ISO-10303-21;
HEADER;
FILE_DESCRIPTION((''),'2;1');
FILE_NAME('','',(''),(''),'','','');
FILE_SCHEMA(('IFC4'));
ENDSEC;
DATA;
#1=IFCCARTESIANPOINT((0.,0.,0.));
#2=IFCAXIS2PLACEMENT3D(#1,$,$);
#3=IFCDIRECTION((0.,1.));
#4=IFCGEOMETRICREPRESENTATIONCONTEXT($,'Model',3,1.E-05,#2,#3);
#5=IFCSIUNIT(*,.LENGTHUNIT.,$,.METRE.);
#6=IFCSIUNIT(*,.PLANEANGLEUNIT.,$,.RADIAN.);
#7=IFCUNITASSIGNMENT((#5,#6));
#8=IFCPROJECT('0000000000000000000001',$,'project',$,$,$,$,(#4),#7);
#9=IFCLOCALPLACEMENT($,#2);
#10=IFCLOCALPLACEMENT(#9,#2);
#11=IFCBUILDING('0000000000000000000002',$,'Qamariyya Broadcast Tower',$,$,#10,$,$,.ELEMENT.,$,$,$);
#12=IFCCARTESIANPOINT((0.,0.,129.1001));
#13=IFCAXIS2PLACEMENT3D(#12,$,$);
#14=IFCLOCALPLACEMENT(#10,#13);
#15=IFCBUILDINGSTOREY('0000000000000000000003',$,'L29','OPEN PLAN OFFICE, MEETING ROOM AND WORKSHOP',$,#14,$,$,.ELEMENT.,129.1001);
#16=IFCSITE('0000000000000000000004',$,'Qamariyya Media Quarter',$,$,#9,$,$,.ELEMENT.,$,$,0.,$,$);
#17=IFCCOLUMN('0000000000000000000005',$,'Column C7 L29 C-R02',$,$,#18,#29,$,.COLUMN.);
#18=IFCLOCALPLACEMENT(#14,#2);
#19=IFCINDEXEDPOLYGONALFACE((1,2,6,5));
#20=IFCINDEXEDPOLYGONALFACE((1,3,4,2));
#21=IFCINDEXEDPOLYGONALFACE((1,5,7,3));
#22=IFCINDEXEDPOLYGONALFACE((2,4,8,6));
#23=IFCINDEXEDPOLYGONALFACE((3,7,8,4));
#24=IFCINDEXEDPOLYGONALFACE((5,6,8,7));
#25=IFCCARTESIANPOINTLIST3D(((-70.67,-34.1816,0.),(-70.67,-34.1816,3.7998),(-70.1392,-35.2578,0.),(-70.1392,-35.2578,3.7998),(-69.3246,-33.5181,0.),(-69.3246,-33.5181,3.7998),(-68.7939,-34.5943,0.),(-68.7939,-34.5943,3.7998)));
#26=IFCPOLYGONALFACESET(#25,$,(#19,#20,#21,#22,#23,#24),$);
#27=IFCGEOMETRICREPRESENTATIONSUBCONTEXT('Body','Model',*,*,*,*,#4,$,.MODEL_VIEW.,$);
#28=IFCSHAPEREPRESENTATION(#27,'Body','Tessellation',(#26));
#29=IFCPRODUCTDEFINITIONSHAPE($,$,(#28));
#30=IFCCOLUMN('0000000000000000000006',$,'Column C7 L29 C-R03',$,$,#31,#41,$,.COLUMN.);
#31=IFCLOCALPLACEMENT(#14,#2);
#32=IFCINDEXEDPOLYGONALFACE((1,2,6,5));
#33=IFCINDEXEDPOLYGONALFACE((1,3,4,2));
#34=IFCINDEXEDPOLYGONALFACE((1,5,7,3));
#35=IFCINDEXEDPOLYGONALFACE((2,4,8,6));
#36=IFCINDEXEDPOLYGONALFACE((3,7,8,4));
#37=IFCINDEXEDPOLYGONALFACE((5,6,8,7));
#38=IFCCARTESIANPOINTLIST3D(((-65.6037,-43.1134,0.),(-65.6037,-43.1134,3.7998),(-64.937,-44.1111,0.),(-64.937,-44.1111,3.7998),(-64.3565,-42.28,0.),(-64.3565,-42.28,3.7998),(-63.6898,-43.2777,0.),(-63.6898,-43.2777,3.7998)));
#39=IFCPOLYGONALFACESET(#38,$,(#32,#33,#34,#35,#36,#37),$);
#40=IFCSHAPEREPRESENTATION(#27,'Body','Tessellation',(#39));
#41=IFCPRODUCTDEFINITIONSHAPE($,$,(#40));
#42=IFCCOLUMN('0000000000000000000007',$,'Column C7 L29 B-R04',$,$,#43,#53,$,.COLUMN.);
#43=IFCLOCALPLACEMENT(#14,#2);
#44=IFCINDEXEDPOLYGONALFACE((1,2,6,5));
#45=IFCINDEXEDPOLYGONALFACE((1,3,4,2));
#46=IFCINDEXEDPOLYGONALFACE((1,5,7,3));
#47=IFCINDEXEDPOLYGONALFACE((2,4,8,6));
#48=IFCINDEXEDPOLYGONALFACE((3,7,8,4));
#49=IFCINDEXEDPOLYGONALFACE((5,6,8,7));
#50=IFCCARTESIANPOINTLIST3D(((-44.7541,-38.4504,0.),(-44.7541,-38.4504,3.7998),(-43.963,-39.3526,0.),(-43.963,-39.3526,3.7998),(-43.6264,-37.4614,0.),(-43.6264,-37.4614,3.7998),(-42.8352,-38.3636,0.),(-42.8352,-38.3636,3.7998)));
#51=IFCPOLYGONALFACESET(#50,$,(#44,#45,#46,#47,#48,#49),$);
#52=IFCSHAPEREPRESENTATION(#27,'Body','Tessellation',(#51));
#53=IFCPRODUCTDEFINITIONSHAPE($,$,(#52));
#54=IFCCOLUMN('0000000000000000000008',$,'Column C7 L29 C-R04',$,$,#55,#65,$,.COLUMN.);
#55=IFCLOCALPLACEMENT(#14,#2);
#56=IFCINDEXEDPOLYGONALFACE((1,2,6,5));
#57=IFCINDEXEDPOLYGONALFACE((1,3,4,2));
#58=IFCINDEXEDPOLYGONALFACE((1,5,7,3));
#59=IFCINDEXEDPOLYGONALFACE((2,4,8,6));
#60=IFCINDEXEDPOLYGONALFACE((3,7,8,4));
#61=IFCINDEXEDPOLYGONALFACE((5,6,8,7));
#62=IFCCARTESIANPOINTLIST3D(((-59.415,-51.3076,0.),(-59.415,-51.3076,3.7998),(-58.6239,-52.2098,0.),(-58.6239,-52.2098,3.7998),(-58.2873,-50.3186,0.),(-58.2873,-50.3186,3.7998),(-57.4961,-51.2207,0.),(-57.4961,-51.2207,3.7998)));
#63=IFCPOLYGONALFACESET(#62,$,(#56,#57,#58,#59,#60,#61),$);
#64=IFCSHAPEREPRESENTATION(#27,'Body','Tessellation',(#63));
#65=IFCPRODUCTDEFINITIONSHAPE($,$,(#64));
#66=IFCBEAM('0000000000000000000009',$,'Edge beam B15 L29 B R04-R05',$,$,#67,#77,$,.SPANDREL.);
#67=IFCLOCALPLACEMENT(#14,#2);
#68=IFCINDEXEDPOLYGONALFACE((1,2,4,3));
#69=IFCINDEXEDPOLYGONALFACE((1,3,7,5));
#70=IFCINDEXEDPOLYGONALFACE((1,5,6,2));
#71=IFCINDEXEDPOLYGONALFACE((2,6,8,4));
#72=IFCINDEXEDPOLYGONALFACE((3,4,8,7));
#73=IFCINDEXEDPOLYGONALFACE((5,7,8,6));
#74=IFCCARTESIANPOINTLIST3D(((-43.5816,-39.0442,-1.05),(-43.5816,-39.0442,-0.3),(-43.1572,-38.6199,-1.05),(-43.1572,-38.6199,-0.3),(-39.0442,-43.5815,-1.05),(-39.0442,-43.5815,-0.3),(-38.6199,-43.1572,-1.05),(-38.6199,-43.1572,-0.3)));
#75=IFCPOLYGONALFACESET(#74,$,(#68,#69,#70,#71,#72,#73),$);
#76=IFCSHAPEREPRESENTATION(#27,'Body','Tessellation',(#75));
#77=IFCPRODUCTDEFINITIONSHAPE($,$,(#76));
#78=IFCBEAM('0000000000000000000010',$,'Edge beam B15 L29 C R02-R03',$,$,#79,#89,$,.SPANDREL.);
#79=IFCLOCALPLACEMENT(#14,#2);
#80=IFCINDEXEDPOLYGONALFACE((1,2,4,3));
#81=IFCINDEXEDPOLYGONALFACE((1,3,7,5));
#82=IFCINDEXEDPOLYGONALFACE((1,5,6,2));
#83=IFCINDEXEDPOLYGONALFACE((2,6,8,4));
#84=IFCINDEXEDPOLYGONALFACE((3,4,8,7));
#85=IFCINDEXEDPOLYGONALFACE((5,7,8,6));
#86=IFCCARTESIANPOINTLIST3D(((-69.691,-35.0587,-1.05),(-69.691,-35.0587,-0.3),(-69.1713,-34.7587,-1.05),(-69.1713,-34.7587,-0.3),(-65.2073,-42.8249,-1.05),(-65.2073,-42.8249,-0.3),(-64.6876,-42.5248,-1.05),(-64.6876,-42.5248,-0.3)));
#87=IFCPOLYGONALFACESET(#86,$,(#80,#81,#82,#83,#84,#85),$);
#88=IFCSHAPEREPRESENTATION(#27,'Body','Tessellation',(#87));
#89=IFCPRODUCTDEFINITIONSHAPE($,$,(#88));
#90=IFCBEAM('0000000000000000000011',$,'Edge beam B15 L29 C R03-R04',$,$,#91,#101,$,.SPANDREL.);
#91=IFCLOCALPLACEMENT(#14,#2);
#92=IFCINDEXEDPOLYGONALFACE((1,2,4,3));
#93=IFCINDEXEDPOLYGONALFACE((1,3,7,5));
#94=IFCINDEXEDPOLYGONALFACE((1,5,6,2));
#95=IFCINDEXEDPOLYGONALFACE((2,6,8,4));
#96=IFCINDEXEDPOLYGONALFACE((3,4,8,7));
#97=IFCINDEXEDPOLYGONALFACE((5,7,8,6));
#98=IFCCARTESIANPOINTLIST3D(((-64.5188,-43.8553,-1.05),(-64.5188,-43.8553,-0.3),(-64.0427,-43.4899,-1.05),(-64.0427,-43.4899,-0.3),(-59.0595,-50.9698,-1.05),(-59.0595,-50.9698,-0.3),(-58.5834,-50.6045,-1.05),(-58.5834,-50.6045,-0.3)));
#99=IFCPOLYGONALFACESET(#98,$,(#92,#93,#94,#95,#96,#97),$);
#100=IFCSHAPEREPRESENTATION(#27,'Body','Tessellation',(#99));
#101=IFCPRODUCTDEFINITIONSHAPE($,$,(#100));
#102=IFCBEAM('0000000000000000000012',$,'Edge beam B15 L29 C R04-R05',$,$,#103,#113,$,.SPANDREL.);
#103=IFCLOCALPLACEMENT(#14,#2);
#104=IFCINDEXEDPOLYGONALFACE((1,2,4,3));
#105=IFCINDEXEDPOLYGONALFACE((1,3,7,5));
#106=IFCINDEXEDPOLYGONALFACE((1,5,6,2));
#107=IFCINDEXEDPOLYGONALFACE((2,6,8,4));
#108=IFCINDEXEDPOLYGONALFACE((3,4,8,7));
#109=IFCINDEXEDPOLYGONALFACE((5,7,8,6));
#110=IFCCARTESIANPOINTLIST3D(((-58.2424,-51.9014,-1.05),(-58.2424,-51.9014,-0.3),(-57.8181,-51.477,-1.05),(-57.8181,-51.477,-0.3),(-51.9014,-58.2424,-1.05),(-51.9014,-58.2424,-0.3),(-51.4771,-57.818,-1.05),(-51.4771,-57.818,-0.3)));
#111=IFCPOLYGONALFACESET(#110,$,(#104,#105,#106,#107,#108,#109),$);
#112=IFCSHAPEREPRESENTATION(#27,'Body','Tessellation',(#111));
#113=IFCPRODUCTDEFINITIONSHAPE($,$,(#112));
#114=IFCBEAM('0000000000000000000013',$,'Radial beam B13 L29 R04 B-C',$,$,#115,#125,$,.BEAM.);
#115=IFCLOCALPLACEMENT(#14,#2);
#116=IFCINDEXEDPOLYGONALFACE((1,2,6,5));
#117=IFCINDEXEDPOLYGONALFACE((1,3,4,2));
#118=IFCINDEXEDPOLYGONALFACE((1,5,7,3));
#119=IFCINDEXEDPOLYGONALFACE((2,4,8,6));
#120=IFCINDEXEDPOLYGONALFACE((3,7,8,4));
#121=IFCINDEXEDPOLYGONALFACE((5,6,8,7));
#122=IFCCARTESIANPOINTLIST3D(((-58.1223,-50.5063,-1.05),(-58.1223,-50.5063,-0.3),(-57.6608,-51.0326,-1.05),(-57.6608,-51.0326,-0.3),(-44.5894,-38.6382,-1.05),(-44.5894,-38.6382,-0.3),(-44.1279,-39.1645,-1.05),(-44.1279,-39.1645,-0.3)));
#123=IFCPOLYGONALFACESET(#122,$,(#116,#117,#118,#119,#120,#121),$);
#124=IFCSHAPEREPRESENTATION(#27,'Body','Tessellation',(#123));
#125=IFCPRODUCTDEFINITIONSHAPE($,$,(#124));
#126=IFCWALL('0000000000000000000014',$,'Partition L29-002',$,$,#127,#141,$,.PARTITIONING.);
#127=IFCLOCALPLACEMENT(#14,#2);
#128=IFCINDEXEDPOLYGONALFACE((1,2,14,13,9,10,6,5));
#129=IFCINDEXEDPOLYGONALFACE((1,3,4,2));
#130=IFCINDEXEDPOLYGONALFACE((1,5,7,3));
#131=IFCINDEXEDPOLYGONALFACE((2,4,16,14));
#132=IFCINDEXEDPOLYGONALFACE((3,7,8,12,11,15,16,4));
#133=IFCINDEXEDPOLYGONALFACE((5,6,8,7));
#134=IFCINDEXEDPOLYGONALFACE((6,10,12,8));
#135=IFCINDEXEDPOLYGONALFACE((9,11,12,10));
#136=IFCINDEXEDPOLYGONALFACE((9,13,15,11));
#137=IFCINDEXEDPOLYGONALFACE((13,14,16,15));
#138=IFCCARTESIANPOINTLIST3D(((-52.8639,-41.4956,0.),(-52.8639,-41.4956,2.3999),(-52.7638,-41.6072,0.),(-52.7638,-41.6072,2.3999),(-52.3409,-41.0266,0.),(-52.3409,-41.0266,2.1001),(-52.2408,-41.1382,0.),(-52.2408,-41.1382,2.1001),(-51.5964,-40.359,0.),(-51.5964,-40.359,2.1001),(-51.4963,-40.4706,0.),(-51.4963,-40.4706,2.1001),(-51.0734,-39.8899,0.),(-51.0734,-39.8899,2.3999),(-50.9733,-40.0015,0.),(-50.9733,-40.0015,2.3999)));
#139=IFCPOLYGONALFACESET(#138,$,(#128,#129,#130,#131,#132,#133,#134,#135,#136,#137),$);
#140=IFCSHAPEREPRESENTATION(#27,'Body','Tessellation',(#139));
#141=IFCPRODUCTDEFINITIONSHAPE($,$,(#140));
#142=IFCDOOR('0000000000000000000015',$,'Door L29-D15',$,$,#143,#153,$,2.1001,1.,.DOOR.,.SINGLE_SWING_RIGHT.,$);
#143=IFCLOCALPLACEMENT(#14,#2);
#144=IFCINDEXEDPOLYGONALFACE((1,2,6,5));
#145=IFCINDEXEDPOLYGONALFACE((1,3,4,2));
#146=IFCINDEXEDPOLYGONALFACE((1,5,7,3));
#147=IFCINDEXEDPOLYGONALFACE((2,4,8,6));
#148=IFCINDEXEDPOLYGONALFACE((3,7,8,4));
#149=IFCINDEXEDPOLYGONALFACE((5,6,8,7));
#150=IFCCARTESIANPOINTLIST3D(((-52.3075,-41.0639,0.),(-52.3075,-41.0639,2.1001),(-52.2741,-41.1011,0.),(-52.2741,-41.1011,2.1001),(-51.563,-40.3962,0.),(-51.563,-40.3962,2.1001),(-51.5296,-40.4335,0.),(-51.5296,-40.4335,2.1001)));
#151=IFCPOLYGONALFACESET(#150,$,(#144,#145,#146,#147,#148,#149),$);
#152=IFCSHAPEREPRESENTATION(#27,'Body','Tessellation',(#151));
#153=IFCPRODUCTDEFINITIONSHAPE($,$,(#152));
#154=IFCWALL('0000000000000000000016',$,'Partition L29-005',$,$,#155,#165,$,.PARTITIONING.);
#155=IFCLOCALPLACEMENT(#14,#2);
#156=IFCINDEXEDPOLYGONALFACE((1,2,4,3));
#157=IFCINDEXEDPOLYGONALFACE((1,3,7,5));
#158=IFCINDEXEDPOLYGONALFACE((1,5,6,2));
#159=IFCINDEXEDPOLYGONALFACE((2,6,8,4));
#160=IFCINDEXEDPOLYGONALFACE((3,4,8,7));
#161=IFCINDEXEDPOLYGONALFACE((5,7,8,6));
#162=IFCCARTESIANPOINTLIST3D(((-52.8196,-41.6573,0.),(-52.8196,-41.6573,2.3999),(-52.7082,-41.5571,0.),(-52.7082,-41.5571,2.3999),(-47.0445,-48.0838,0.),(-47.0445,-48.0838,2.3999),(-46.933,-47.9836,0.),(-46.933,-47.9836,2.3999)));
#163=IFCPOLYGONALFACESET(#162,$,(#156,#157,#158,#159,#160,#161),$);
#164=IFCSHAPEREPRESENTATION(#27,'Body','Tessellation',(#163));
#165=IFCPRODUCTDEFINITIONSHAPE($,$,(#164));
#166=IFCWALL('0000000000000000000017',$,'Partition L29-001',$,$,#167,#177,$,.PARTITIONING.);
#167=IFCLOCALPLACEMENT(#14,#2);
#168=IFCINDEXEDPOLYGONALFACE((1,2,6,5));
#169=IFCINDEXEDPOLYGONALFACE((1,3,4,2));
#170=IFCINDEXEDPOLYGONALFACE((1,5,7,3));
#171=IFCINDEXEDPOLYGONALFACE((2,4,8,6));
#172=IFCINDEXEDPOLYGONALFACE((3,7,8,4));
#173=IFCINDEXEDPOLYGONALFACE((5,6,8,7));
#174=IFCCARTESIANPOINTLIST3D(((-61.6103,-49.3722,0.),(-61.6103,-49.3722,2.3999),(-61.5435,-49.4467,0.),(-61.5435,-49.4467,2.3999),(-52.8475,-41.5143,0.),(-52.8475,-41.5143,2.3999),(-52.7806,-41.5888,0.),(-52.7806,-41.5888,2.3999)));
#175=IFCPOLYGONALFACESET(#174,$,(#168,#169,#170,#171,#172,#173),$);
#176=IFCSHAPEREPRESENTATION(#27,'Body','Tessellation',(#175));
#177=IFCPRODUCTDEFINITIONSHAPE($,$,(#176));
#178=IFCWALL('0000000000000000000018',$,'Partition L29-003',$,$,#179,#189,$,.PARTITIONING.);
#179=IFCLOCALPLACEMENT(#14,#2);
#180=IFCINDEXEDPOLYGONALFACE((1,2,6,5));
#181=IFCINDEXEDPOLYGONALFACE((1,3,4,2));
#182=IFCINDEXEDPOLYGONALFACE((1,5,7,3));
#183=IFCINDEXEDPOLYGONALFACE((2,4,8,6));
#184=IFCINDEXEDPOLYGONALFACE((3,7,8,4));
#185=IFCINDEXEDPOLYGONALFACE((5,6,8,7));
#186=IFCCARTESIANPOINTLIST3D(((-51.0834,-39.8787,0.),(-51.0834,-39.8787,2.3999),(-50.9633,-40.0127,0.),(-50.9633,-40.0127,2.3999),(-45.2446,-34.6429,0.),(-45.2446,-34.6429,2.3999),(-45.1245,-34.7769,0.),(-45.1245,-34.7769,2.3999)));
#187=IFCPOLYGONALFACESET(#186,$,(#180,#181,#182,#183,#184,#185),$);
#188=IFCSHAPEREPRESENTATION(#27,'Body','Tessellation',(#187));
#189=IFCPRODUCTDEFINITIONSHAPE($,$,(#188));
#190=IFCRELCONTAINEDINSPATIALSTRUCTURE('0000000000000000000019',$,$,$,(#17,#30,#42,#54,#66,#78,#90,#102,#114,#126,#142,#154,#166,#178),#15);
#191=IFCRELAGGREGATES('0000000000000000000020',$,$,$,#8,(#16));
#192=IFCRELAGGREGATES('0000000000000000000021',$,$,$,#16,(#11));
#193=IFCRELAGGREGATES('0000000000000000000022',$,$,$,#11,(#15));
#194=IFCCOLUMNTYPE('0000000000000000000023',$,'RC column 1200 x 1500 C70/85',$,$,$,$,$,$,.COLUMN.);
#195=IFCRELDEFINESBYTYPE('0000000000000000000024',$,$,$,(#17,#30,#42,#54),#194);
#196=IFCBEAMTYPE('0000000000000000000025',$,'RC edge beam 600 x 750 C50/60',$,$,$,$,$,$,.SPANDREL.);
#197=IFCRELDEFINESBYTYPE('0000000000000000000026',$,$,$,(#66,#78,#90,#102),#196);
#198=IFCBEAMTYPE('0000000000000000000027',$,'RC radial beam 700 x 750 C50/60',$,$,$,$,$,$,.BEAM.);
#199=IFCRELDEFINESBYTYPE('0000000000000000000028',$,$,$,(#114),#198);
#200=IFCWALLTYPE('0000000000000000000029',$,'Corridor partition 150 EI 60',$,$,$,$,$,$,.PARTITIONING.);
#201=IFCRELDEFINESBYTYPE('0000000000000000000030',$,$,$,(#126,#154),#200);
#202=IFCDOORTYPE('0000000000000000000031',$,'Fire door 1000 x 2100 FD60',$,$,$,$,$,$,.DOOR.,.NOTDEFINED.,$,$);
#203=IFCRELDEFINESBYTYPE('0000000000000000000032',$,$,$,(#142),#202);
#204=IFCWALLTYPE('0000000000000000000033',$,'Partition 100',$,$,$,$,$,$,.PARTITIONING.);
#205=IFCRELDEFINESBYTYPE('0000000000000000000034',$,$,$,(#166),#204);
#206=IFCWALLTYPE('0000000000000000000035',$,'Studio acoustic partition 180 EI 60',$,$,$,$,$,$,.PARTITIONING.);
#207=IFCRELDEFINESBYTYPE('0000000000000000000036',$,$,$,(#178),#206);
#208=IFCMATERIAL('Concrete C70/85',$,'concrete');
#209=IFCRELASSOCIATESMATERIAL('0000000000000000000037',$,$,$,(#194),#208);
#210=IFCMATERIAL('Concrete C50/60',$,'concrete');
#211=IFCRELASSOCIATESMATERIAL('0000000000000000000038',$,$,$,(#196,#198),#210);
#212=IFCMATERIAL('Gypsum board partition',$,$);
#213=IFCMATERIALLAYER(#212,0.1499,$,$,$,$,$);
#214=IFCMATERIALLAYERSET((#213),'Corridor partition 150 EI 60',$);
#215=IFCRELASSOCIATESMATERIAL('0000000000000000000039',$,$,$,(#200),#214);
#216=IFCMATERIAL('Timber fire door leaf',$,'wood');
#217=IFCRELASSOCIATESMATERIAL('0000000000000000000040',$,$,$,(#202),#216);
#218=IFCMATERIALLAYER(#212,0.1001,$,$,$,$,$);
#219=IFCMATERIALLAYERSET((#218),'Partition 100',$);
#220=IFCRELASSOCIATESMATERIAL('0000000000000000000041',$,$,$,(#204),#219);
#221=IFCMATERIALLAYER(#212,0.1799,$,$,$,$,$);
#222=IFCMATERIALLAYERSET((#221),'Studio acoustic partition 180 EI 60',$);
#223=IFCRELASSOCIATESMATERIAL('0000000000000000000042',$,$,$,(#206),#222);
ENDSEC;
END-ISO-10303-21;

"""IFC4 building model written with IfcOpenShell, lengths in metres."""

from ifc_helpers import new_model, si_unit, direction, frame, frame_2d, origin, origin_2d, place, context, subcontext, project, spatial, rectangle, extrude, material, layer, layer_set, material_profile, profile_set, type_object, element, fill, save


model = new_model("IFC4")

# Units and contexts
model_context = context("Model", 3, precision=1e-05, world=origin(), true_north=direction((0.0, 1.0)))
body_context = subcontext(model_context, "Body", "Model", "MODEL_VIEW")
ifc_project = project(units=[si_unit("LENGTHUNIT", "METRE"), si_unit("PLANEANGLEUNIT", "RADIAN")], contexts=[model_context])

# Site, building, storey
site_placement = place(None, origin())
site = spatial("IfcSite", under=ifc_project, at=site_placement, Name="Qamariyya Media Quarter", CompositionType="ELEMENT", RefElevation=0.0)
building_placement = place(site_placement, origin())
building = spatial("IfcBuilding", under=site, at=building_placement, Name="Qamariyya Broadcast Tower", CompositionType="ELEMENT")
storey_placement = place(building_placement, frame((0.0, 0.0, 129.1001)))
storey = spatial("IfcBuildingStorey", under=building, at=storey_placement, Name="L29", Description="OPEN PLAN OFFICE, MEETING ROOM AND WORKSHOP", CompositionType="ELEMENT", Elevation=129.1001)

# Columns
ifc_material_1 = material(Name="Concrete C70/85", Category="concrete")
ifc_material_profile_1 = material_profile(ifc_material_1, rectangle(XDim=1.2, YDim=1.5, at=origin_2d()))
ifc_profile_set_1 = profile_set([ifc_material_profile_1], Name="Concrete C70/85")
column_type = type_object("IfcColumnType", Name="RC column 1200 x 1500 C70/85", PredefinedType="COLUMN", material=ifc_profile_set_1)
for number, where, z_axis, x_axis, name in (
    (1, (-69.7319, -34.3879, 0.0), (0.0, 0.0, 1.0), (0.442289, -0.896873, 0.0), "Column C7 L29 C-R02"),
    (2, (-64.6467, -43.1956, 0.0), (0.0, 0.0, 1.0), (0.55557, -0.83147, 0.0), "Column C7 L29 C-R03"),
    (3, (-43.7947, -38.407, 0.0), (0.0, 0.0, 1.0), (0.659346, -0.75184, 0.0), "Column C7 L29 B-R04"),
    (4, (-58.4556, -51.2642, 0.0), (0.0, 0.0, 1.0), (0.659346, -0.75184, 0.0), "Column C7 L29 C-R04"),
):
    element("IfcColumn", number, at=place(storey_placement, frame(where, z_axis=z_axis, x_axis=x_axis)), inside=storey, type_object=column_type, Name=name, PredefinedType="COLUMN", context=body_context, shape_type="SweptSolid", body=[
        extrude(rectangle(XDim=1.2, YDim=1.5, at=origin_2d()), origin(), (0.0, 0.0, 1.0), 3.7998),
    ])

# Beams
ifc_material_2 = material(Name="Concrete C50/60", Category="concrete")
ifc_material_profile_2 = material_profile(ifc_material_2, rectangle(XDim=0.6001, YDim=0.75, at=origin_2d()))
ifc_profile_set_2 = profile_set([ifc_material_profile_2], Name="Concrete C50/60")
beam_type_1 = type_object("IfcBeamType", Name="RC edge beam 600 x 750 C50/60", PredefinedType="SPANDREL", material=ifc_profile_set_2)
beam_1_placement = place(storey_placement, frame((-43.3694, -38.832, -0.675), z_axis=(0.707107, -0.707107, 0.0), x_axis=(0.707107, 0.707107, 0.0)))
element("IfcBeam", 5, at=beam_1_placement, inside=storey, type_object=beam_type_1, Name="Edge beam B15 L29 B R04-R05", PredefinedType="SPANDREL", context=body_context, shape_type="SweptSolid", body=[
    extrude(rectangle(XDim=0.6001, YDim=0.75, at=origin_2d()), origin(), (0.0, 0.0, 1.0), 6.4167),
])
beam_2_placement = place(storey_placement, frame((-69.4312, -34.9087, -0.675), z_axis=(0.49999, -0.866031, 0.0), x_axis=(0.866031, 0.49999, 0.0)))
element("IfcBeam", 6, at=beam_2_placement, inside=storey, type_object=beam_type_1, Name="Edge beam B15 L29 C R02-R03", PredefinedType="SPANDREL", context=body_context, shape_type="SweptSolid", body=[
    extrude(rectangle(XDim=0.6001, YDim=0.75, at=origin_2d()), origin(), (0.0, 0.0, 1.0), 8.9675),
])
beam_3_placement = place(storey_placement, frame((-64.2808, -43.6726, -0.675), z_axis=(0.608767, -0.793349, 0.0), x_axis=(0.793349, 0.608767, 0.0)))
element("IfcBeam", 7, at=beam_3_placement, inside=storey, type_object=beam_type_1, Name="Edge beam B15 L29 C R03-R04", PredefinedType="SPANDREL", context=body_context, shape_type="SweptSolid", body=[
    extrude(rectangle(XDim=0.6001, YDim=0.75, at=origin_2d()), origin(), (0.0, 0.0, 1.0), 8.9678),
])
beam_4_placement = place(storey_placement, frame((-58.0303, -51.6892, -0.675), z_axis=(0.707107, -0.707107, 0.0), x_axis=(0.707107, 0.707107, 0.0)))
element("IfcBeam", 8, at=beam_4_placement, inside=storey, type_object=beam_type_1, Name="Edge beam B15 L29 C R04-R05", PredefinedType="SPANDREL", context=body_context, shape_type="SweptSolid", body=[
    extrude(rectangle(XDim=0.6001, YDim=0.75, at=origin_2d()), origin(), (0.0, 0.0, 1.0), 8.9675),
])
ifc_material_profile_3 = material_profile(ifc_material_2, rectangle(XDim=0.7, YDim=0.75, at=origin_2d()))
ifc_profile_set_3 = profile_set([ifc_material_profile_3], Name="Concrete C50/60")
beam_type_2 = type_object("IfcBeamType", Name="RC radial beam 700 x 750 C50/60", PredefinedType="BEAM", material=ifc_profile_set_3)
beam_5_placement = place(storey_placement, frame((-44.3586, -38.9014, -0.675), z_axis=(-0.751838, -0.659348, 0.0), x_axis=(0.659348, -0.751838, 0.0)))
element("IfcBeam", 9, at=beam_5_placement, inside=storey, type_object=beam_type_2, Name="Radial beam B13 L29 R04 B-C", PredefinedType="BEAM", context=body_context, shape_type="SweptSolid", body=[
    extrude(rectangle(XDim=0.7, YDim=0.75, at=origin_2d()), origin(), (0.0, 0.0, 1.0), 17.9998),
])

# Wall, opening, door
ifc_material_3 = material(Name="Gypsum board partition")
ifc_layer_1 = layer(ifc_material_3, 0.1499)
ifc_layer_set_1 = layer_set([ifc_layer_1], Name="Corridor partition 150 EI 60")
wall_type_1 = type_object("IfcWallType", Name="Corridor partition 150 EI 60", PredefinedType="PARTITIONING", material=ifc_layer_set_1)
wall_1_placement = place(storey_placement, frame((-52.814, -41.5515, 0.0), z_axis=(0.0, 0.0, 1.0), x_axis=(0.744484, 0.66764, 0.0)))
wall_1 = element("IfcWall", 10, at=wall_1_placement, inside=storey, type_object=wall_type_1, Name="Partition L29-002", PredefinedType="PARTITIONING", context=body_context, shape_type="SweptSolid", body=[
    extrude(rectangle(XDim=2.405, YDim=0.1499, at=frame_2d((1.2026, 0.0))), origin(), (0.0, 0.0, 1.0), 2.3999),
])
opening_1_placement = place(wall_1_placement, frame((0.7026, 0.0, 0.0)))
opening_1 = element("IfcOpeningElement", 11, at=opening_1_placement, cuts=wall_1, PredefinedType="OPENING", context=body_context, shape_type="SweptSolid", body=[
    extrude(rectangle(XDim=1.0, YDim=2.1001, at=frame_2d((0.5, 1.05))), frame((0.0, 0.085, 0.0), z_axis=(0.0, -1.0, 0.0), x_axis=(1.0, 0.0, 0.0)), (0.0, 0.0, 1.0), 0.1699),
])
ifc_material_4 = material(Name="Timber fire door leaf", Category="wood")
door_type = type_object("IfcDoorType", Name="Fire door 1000 x 2100 FD60", OperationType="NOTDEFINED", PredefinedType="DOOR", material=ifc_material_4)
door_1_placement = place(opening_1_placement, origin())
door_1 = element("IfcDoor", 12, at=door_1_placement, inside=storey, type_object=door_type, Name="Door L29-D15", OperationType="SINGLE_SWING_RIGHT", OverallHeight=2.1001, OverallWidth=1.0, PredefinedType="DOOR", context=body_context, shape_type="SweptSolid", body=[
    extrude(rectangle(XDim=1.0, YDim=2.1001, at=frame_2d((0.5, 1.05))), frame((0.0, 0.0249, 0.0), z_axis=(0.0, -1.0, 0.0), x_axis=(1.0, 0.0, 0.0)), (0.0, 0.0, 1.0), 0.05),
])
fill(opening_1, door_1)

# Walls
wall_2_placement = place(storey_placement, frame((-46.9888, -48.0337, 0.0), z_axis=(0.0, 0.0, 1.0), x_axis=(-0.668407, 0.743796, 0.0)))
element("IfcWall", 13, at=wall_2_placement, inside=storey, type_object=wall_type_1, Name="Partition L29-005", PredefinedType="PARTITIONING", context=body_context, shape_type="SweptSolid", body=[
    extrude(rectangle(XDim=8.6401, YDim=0.1499, at=frame_2d((4.3201, 0.0))), origin(), (0.0, 0.0, 1.0), 2.3999),
])
ifc_layer_2 = layer(ifc_material_3, 0.1001)
ifc_layer_set_2 = layer_set([ifc_layer_2], Name="Partition 100")
wall_type_2 = type_object("IfcWallType", Name="Partition 100", PredefinedType="PARTITIONING", material=ifc_layer_set_2)
wall_3_placement = place(storey_placement, frame((-61.5769, -49.4094, 0.0), z_axis=(0.0, 0.0, 1.0), x_axis=(0.744507, 0.667615, 0.0)))
element("IfcWall", 14, at=wall_3_placement, inside=storey, type_object=wall_type_2, Name="Partition L29-001", PredefinedType="PARTITIONING", context=body_context, shape_type="SweptSolid", body=[
    extrude(rectangle(XDim=11.77, YDim=0.1001, at=frame_2d((5.885, 0.0))), origin(), (0.0, 0.0, 1.0), 2.3999),
])
ifc_layer_3 = layer(ifc_material_3, 0.1799)
ifc_layer_set_3 = layer_set([ifc_layer_3], Name="Studio acoustic partition 180 EI 60")
wall_type_3 = type_object("IfcWallType", Name="Studio acoustic partition 180 EI 60", PredefinedType="PARTITIONING", material=ifc_layer_set_3)
wall_4_placement = place(storey_placement, frame((-51.0234, -39.9458, 0.0), z_axis=(0.0, 0.0, 1.0), x_axis=(0.744506, 0.667615, 0.0)))
element("IfcWall", 15, at=wall_4_placement, inside=storey, type_object=wall_type_3, Name="Partition L29-003", PredefinedType="PARTITIONING", context=body_context, shape_type="SweptSolid", body=[
    extrude(rectangle(XDim=7.8425, YDim=0.1799, at=frame_2d((3.9214, 0.0))), origin(), (0.0, 0.0, 1.0), 2.3999),
])

save(model, "model.ifc")
